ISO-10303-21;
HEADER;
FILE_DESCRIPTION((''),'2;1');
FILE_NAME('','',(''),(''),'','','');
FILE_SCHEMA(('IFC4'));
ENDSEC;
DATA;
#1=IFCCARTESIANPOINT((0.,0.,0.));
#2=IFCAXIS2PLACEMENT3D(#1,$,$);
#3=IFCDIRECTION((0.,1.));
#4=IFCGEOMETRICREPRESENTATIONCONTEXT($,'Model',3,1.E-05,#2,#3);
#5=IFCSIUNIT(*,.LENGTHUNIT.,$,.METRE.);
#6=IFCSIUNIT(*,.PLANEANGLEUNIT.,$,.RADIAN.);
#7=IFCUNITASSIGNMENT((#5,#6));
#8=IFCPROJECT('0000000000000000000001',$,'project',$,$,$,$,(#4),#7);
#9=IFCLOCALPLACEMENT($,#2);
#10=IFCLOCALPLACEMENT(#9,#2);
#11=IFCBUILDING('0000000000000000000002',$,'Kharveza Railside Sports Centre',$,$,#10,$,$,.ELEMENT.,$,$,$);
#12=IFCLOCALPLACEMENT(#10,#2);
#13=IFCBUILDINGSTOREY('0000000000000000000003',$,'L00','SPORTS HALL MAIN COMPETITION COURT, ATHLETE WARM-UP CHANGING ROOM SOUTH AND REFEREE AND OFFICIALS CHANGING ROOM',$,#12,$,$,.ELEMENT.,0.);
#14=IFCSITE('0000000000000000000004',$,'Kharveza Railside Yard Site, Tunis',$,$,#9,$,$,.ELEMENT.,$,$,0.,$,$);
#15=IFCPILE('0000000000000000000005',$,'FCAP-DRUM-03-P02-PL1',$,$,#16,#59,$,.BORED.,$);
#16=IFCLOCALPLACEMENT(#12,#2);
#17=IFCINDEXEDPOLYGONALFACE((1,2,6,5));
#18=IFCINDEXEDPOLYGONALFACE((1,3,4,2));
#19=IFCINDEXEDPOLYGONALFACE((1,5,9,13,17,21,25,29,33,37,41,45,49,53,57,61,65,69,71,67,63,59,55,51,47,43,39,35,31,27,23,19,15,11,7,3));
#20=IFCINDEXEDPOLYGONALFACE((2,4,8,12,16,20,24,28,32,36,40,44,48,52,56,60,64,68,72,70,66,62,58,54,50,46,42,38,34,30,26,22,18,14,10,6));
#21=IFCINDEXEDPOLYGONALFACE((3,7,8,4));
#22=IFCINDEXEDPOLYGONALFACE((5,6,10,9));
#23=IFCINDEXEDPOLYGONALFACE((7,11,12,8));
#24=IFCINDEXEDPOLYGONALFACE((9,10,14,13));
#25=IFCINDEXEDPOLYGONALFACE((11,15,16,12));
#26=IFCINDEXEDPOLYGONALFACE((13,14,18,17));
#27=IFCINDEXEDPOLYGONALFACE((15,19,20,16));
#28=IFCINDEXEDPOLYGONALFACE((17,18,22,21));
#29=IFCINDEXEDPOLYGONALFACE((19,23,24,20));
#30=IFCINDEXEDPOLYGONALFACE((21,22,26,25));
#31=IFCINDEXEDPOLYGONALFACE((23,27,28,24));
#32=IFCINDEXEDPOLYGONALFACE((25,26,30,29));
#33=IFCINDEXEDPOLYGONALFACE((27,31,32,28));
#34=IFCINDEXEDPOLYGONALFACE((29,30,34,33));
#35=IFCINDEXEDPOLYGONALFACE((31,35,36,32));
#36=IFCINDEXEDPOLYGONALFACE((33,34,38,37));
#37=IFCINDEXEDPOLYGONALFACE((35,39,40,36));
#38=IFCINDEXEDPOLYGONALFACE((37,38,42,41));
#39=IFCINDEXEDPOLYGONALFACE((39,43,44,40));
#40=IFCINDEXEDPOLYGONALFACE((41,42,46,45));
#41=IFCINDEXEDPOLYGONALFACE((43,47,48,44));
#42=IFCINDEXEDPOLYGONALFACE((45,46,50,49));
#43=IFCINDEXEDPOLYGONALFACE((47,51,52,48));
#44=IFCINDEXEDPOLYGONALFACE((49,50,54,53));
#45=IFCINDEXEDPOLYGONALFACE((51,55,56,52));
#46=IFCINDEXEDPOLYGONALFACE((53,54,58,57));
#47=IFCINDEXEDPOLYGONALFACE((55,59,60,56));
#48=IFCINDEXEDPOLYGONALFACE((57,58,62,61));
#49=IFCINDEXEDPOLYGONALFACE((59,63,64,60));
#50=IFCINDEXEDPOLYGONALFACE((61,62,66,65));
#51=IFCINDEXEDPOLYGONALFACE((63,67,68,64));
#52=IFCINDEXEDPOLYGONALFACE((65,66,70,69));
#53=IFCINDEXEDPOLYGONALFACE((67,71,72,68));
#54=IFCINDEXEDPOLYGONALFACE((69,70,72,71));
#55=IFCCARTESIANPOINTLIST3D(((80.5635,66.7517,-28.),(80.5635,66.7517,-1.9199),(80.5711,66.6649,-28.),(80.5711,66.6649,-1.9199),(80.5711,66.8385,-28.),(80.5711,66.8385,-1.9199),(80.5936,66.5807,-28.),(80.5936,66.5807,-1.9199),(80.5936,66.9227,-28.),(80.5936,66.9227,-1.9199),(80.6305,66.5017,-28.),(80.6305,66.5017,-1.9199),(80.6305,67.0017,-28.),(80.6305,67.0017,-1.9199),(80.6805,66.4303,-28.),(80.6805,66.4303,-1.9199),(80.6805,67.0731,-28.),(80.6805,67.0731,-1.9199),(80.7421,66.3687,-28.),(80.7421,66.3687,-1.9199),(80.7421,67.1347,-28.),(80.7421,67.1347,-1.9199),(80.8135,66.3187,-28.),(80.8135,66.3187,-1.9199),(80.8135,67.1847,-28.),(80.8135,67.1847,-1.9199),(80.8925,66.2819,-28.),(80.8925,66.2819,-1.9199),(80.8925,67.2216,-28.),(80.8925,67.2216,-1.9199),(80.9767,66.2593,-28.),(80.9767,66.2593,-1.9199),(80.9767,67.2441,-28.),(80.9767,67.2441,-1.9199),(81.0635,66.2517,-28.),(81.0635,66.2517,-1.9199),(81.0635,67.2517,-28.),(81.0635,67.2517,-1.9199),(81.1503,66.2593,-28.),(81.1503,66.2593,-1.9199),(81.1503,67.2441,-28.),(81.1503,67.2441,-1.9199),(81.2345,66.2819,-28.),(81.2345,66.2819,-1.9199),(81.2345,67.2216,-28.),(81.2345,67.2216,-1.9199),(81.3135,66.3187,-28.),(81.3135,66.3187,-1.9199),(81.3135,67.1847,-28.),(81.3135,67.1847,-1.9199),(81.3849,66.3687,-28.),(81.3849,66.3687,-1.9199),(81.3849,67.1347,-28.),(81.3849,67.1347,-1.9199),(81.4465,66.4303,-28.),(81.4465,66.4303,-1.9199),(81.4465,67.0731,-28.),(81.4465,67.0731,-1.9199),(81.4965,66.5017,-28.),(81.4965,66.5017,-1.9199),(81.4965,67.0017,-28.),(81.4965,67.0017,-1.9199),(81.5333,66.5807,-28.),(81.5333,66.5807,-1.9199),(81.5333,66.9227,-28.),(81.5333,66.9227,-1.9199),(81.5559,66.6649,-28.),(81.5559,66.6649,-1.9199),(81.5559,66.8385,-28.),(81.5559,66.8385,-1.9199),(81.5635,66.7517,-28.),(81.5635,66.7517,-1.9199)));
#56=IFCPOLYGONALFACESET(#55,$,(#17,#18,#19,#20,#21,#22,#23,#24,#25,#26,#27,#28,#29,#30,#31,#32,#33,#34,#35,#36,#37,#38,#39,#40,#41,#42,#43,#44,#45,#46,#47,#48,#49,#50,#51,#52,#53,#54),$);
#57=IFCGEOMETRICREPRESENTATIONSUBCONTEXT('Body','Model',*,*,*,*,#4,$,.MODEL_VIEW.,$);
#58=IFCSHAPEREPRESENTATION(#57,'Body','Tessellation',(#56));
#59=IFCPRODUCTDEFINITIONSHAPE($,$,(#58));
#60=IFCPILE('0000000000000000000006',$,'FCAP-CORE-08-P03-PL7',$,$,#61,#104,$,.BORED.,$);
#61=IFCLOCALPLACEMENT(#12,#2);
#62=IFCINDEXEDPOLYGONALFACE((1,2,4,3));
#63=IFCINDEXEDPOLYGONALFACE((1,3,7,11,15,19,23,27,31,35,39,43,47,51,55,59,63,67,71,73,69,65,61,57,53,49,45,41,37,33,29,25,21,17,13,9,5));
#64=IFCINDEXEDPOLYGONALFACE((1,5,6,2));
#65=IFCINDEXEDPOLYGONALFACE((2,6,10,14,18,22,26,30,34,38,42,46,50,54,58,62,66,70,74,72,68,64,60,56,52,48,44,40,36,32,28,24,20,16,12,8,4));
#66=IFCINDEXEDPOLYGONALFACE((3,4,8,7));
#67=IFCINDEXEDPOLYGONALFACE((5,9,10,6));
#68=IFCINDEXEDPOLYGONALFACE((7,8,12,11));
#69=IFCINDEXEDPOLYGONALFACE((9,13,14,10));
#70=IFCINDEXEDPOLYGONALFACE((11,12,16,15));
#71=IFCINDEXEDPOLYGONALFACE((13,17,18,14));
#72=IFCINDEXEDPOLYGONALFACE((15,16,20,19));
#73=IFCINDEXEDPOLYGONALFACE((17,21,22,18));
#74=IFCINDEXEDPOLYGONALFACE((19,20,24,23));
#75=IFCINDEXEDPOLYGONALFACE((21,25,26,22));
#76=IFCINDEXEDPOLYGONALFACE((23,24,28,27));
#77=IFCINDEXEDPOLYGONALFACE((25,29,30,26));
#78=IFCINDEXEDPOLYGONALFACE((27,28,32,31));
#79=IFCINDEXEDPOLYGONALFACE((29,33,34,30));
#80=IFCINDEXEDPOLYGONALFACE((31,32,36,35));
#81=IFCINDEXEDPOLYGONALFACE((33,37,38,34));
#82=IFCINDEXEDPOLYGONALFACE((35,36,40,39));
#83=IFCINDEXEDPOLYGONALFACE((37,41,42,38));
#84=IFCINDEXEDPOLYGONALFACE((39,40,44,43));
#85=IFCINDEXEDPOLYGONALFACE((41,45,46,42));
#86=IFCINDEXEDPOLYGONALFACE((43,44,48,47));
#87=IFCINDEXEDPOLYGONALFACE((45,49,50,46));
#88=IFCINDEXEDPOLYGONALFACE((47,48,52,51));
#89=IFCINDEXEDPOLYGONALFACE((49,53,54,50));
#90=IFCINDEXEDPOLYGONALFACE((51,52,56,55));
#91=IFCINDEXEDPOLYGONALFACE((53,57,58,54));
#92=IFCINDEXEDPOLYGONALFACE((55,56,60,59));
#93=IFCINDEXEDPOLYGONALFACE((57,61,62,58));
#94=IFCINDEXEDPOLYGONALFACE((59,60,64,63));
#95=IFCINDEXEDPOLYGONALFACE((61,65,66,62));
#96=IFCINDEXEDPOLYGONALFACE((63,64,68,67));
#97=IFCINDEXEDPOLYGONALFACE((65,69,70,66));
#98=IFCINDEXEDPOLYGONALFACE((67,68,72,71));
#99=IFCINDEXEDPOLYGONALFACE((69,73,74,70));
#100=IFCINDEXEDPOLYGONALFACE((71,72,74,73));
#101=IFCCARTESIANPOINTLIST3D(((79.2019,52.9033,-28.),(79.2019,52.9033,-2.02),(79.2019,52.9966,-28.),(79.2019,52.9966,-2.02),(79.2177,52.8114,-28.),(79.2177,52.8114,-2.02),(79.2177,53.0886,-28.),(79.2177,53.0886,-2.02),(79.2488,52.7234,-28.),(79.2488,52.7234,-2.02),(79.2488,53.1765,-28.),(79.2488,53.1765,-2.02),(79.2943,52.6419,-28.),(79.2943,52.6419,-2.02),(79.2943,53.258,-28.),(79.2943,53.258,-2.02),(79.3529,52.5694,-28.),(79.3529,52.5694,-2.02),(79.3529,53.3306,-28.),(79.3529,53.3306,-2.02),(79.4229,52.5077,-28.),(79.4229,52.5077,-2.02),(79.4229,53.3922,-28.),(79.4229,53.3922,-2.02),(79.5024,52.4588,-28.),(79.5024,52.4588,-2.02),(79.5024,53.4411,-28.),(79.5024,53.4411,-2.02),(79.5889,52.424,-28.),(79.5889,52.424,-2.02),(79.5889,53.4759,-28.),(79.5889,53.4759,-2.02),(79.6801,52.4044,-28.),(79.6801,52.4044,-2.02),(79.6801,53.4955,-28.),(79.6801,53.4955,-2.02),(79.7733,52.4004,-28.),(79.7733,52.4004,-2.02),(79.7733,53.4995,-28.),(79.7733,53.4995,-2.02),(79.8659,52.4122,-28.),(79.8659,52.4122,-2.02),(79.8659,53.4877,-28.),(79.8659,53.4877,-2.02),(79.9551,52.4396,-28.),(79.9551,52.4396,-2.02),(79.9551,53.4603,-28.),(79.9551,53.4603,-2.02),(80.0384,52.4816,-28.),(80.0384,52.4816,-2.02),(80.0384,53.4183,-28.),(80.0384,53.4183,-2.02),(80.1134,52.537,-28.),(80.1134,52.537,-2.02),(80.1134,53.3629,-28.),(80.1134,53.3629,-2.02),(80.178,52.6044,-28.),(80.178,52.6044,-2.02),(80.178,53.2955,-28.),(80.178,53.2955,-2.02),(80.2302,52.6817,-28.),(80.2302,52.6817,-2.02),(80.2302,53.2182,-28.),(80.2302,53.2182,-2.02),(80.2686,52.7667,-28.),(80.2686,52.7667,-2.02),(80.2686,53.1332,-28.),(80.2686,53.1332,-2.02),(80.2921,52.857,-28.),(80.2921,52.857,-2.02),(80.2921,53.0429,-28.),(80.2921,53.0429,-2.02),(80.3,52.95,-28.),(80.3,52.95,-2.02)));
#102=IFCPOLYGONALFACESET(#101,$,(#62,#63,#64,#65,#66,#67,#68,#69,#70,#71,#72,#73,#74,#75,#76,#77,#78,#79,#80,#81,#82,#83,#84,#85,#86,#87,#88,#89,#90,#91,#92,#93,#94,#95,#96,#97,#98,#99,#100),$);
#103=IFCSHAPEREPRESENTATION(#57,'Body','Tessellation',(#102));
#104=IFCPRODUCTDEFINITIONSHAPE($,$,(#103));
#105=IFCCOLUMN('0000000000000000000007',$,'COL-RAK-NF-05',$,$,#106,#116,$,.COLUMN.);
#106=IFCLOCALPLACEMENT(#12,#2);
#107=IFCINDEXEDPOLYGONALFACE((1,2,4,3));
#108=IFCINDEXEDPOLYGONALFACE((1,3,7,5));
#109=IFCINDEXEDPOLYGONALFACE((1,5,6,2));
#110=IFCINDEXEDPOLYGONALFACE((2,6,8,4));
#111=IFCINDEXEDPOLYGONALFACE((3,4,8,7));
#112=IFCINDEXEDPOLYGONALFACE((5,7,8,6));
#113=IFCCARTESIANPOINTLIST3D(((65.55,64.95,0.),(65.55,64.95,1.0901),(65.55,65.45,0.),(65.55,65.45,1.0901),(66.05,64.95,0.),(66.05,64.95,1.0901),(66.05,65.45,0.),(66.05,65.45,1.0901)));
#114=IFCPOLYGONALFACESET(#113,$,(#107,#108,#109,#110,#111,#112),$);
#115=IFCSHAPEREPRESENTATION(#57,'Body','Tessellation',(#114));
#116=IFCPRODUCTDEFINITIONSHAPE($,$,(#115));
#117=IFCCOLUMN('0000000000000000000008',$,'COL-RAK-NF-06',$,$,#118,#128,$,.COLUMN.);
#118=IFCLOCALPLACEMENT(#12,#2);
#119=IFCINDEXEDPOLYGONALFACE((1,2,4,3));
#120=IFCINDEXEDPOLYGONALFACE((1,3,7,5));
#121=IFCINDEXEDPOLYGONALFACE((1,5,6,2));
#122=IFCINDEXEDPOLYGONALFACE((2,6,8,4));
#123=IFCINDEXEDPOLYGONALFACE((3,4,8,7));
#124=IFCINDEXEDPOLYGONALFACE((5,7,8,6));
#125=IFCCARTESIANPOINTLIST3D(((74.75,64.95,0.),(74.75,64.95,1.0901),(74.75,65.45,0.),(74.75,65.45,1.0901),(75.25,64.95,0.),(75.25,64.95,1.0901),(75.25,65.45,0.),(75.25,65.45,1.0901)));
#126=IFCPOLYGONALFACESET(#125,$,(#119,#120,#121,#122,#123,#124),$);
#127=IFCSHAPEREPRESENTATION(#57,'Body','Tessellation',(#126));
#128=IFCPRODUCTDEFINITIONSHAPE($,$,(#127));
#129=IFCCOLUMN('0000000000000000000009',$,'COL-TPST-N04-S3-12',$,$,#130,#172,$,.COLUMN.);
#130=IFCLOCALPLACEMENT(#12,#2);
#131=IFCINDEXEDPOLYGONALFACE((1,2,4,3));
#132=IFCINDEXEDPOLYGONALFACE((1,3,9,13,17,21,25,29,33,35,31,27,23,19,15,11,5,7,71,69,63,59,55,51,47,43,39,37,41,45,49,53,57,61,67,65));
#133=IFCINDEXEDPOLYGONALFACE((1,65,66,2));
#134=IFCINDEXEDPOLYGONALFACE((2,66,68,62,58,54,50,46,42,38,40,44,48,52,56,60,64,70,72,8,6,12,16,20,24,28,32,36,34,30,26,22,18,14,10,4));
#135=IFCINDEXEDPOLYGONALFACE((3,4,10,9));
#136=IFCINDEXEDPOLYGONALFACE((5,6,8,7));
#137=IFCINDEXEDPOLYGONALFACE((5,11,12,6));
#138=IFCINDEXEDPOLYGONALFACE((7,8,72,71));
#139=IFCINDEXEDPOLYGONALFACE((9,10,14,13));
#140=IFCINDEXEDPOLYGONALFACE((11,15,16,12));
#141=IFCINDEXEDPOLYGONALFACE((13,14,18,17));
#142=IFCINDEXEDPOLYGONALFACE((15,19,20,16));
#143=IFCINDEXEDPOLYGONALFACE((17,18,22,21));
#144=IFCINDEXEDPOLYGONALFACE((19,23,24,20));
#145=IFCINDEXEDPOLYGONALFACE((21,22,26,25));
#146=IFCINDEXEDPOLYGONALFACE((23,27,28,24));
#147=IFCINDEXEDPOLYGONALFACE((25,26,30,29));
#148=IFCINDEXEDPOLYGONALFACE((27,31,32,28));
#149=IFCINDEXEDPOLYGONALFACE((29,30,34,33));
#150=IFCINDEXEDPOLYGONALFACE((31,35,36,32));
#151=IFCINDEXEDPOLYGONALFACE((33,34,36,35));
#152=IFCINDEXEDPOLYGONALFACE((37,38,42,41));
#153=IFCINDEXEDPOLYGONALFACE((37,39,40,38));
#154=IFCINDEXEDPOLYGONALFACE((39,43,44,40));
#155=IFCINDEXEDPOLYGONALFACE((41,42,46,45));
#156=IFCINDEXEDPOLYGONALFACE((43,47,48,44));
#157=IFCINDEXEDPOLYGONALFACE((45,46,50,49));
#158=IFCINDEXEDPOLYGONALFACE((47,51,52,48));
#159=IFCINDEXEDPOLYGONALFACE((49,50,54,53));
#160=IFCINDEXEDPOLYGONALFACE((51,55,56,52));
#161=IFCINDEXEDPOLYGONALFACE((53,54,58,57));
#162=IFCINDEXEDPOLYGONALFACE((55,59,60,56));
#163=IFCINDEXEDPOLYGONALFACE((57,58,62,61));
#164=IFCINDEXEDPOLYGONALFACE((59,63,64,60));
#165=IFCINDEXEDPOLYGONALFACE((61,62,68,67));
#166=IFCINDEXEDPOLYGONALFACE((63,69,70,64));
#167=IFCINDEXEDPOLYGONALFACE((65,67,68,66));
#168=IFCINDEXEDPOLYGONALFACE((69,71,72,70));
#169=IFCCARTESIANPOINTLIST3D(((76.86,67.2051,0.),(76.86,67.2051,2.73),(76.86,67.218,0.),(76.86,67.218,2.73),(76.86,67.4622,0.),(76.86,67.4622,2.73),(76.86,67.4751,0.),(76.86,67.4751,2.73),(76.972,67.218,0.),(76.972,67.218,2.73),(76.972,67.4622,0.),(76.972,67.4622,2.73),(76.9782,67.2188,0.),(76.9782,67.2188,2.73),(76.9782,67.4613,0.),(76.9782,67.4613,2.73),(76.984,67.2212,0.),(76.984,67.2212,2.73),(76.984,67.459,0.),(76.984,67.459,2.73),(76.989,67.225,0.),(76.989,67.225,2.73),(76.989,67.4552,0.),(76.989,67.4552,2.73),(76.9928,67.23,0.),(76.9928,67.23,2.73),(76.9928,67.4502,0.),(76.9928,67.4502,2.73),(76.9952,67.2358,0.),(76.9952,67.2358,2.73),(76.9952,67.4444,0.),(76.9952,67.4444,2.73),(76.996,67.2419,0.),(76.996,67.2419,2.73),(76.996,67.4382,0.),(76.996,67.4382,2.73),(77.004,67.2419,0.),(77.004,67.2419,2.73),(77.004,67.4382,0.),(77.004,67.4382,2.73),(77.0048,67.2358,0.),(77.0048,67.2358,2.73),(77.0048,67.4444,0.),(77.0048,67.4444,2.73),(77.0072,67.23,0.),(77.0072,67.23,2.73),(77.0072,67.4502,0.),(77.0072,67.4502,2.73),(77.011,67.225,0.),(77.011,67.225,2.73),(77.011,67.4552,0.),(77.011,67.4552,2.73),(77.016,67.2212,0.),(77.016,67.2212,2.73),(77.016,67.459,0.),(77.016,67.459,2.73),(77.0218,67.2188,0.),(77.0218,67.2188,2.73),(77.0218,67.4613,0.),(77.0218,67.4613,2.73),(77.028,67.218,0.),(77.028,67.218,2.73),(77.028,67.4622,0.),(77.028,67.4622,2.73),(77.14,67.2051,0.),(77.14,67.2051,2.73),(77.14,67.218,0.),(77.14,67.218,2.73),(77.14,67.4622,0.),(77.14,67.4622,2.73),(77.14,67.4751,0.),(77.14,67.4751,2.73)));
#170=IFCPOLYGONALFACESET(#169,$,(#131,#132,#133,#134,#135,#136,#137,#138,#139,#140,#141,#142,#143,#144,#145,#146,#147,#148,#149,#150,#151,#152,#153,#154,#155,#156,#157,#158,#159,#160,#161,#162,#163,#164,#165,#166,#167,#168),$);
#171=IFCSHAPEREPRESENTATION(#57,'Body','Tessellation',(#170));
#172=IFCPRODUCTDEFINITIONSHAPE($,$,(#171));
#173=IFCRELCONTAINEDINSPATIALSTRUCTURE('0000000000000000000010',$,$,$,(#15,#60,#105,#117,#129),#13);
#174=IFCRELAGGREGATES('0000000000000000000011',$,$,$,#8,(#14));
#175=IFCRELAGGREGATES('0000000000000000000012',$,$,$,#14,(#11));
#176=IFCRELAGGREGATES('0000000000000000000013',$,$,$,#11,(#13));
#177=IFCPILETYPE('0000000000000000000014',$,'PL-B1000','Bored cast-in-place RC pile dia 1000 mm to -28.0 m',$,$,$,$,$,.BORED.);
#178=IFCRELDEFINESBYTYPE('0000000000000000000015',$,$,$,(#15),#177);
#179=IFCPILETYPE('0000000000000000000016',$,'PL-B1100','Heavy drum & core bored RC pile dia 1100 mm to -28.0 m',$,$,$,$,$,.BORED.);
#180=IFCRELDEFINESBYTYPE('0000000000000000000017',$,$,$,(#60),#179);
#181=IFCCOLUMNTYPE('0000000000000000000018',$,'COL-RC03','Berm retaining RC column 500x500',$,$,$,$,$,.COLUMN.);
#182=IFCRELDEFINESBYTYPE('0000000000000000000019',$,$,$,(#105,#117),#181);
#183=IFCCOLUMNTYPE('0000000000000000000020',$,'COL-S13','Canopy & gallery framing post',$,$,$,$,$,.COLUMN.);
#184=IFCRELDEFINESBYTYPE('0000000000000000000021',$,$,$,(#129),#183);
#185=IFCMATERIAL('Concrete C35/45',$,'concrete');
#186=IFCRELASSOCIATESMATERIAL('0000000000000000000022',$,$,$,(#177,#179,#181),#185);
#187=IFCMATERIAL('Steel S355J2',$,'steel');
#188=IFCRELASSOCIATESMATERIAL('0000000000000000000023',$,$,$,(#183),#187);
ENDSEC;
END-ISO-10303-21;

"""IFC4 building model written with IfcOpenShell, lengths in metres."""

from ifc_helpers import new_model, si_unit, direction, frame, origin, origin_2d, place, context, subcontext, project, spatial, rectangle, circle, i_section, extrude, material, material_profile, profile_set, type_object, element, save


model = new_model("IFC4")

# Units and contexts
model_context = context("Model", 3, precision=1e-05, world=origin(), true_north=direction((0.0, 1.0)))
body_context = subcontext(model_context, "Body", "Model", "MODEL_VIEW")
ifc_project = project(units=[si_unit("LENGTHUNIT", "METRE"), si_unit("PLANEANGLEUNIT", "RADIAN")], contexts=[model_context])

# Site, building, storey
site_placement = place(None, origin())
site = spatial("IfcSite", under=ifc_project, at=site_placement, Name="Kharveza Railside Yard Site, Tunis", CompositionType="ELEMENT", RefElevation=0.0)
building_placement = place(site_placement, origin())
building = spatial("IfcBuilding", under=site, at=building_placement, Name="Kharveza Railside Sports Centre", CompositionType="ELEMENT")
storey_placement = place(building_placement, origin())
storey = spatial("IfcBuildingStorey", under=building, at=storey_placement, Name="L00", Description="SPORTS HALL MAIN COMPETITION COURT, ATHLETE WARM-UP CHANGING ROOM SOUTH AND REFEREE AND OFFICIALS CHANGING ROOM", CompositionType="ELEMENT", Elevation=0.0)

# Piles
ifc_material_1 = material(Name="Concrete C35/45", Category="concrete")
ifc_material_profile_1 = material_profile(ifc_material_1, circle(Radius=0.5, at=origin_2d()), Name="PILE D1000")
ifc_profile_set_1 = profile_set([ifc_material_profile_1], Name="Concrete C35/45")
pile_type_1 = type_object("IfcPileType", Name="PL-B1000", Description="Bored cast-in-place RC pile dia 1000 mm to -28.0 m", PredefinedType="BORED", material=ifc_profile_set_1)
pile_1_placement = place(storey_placement, frame((81.0635, 66.7517, -1.9199), z_axis=(0.0, 0.0, -1.0), x_axis=(1.0, 0.0, 0.0)))
element("IfcPile", 1, at=pile_1_placement, inside=storey, type_object=pile_type_1, Name="FCAP-DRUM-03-P02-PL1", PredefinedType="BORED", context=body_context, shape_type="SweptSolid", body=[
    extrude(circle(Radius=0.5, at=origin_2d()), origin(), (0.0, 0.0, 1.0), 26.0801),
])
ifc_material_profile_2 = material_profile(ifc_material_1, circle(Radius=0.55, at=origin_2d()), Name="PILE D1100")
ifc_profile_set_2 = profile_set([ifc_material_profile_2], Name="Concrete C35/45")
pile_type_2 = type_object("IfcPileType", Name="PL-B1100", Description="Heavy drum & core bored RC pile dia 1100 mm to -28.0 m", PredefinedType="BORED", material=ifc_profile_set_2)
pile_2_placement = place(storey_placement, frame((79.75, 52.95, -2.02), z_axis=(0.0, 0.0, -1.0), x_axis=(1.0, 0.0, 0.0)))
element("IfcPile", 2, at=pile_2_placement, inside=storey, type_object=pile_type_2, Name="FCAP-CORE-08-P03-PL7", PredefinedType="BORED", context=body_context, shape_type="SweptSolid", body=[
    extrude(circle(Radius=0.55, at=origin_2d()), origin(), (0.0, 0.0, 1.0), 25.98),
])

# Columns
ifc_material_profile_3 = material_profile(ifc_material_1, rectangle(XDim=0.5, YDim=0.5, at=origin_2d()), Name="RC 500x500")
ifc_profile_set_3 = profile_set([ifc_material_profile_3], Name="Concrete C35/45")
column_type_1 = type_object("IfcColumnType", Name="COL-RC03", Description="Berm retaining RC column 500x500", PredefinedType="COLUMN", material=ifc_profile_set_3)
for number, where, z_axis, x_axis, name in (
    (3, (65.8, 65.2, 0.0), (0.0, 0.0, 1.0), (1.0, 0.0, 0.0), "COL-RAK-NF-05"),
    (4, (75.0, 65.2, 0.0), (0.0, 0.0, 1.0), (1.0, 0.0, 0.0), "COL-RAK-NF-06"),
):
    element("IfcColumn", number, at=place(storey_placement, frame(where, z_axis=z_axis, x_axis=x_axis)), inside=storey, type_object=column_type_1, Name=name, PredefinedType="COLUMN", context=body_context, shape_type="SweptSolid", body=[
        extrude(rectangle(XDim=0.5, YDim=0.5, at=origin_2d()), origin(), (0.0, 0.0, 1.0), 1.0901),
    ])
ifc_material_2 = material(Name="Steel S355J2", Category="steel")
ifc_material_profile_4 = material_profile(ifc_material_2, i_section(OverallWidth=0.28, OverallDepth=0.27, WebThickness=0.0081, FlangeThickness=0.0129, FilletRadius=0.0239, at=origin_2d()), Name="HEA 280")
ifc_profile_set_4 = profile_set([ifc_material_profile_4], Name="Steel S355J2")
column_type_2 = type_object("IfcColumnType", Name="COL-S13", Description="Canopy & gallery framing post", PredefinedType="COLUMN", material=ifc_profile_set_4)
for number, where, z_axis, x_axis, name in (
    (5, (77.0, 67.3401, 0.0), (0.0, 0.0, 1.0), (1.0, 0.0, 0.0), "COL-TPST-N04-S3-12"),
):
    element("IfcColumn", number, at=place(storey_placement, frame(where, z_axis=z_axis, x_axis=x_axis)), inside=storey, type_object=column_type_2, Name=name, PredefinedType="COLUMN", context=body_context, shape_type="SweptSolid", body=[
        extrude(i_section(OverallWidth=0.28, OverallDepth=0.27, WebThickness=0.0081, FlangeThickness=0.0129, FilletRadius=0.0239, at=origin_2d()), origin(), (0.0, 0.0, 1.0), 2.73),
    ])

save(model, "model.ifc")
